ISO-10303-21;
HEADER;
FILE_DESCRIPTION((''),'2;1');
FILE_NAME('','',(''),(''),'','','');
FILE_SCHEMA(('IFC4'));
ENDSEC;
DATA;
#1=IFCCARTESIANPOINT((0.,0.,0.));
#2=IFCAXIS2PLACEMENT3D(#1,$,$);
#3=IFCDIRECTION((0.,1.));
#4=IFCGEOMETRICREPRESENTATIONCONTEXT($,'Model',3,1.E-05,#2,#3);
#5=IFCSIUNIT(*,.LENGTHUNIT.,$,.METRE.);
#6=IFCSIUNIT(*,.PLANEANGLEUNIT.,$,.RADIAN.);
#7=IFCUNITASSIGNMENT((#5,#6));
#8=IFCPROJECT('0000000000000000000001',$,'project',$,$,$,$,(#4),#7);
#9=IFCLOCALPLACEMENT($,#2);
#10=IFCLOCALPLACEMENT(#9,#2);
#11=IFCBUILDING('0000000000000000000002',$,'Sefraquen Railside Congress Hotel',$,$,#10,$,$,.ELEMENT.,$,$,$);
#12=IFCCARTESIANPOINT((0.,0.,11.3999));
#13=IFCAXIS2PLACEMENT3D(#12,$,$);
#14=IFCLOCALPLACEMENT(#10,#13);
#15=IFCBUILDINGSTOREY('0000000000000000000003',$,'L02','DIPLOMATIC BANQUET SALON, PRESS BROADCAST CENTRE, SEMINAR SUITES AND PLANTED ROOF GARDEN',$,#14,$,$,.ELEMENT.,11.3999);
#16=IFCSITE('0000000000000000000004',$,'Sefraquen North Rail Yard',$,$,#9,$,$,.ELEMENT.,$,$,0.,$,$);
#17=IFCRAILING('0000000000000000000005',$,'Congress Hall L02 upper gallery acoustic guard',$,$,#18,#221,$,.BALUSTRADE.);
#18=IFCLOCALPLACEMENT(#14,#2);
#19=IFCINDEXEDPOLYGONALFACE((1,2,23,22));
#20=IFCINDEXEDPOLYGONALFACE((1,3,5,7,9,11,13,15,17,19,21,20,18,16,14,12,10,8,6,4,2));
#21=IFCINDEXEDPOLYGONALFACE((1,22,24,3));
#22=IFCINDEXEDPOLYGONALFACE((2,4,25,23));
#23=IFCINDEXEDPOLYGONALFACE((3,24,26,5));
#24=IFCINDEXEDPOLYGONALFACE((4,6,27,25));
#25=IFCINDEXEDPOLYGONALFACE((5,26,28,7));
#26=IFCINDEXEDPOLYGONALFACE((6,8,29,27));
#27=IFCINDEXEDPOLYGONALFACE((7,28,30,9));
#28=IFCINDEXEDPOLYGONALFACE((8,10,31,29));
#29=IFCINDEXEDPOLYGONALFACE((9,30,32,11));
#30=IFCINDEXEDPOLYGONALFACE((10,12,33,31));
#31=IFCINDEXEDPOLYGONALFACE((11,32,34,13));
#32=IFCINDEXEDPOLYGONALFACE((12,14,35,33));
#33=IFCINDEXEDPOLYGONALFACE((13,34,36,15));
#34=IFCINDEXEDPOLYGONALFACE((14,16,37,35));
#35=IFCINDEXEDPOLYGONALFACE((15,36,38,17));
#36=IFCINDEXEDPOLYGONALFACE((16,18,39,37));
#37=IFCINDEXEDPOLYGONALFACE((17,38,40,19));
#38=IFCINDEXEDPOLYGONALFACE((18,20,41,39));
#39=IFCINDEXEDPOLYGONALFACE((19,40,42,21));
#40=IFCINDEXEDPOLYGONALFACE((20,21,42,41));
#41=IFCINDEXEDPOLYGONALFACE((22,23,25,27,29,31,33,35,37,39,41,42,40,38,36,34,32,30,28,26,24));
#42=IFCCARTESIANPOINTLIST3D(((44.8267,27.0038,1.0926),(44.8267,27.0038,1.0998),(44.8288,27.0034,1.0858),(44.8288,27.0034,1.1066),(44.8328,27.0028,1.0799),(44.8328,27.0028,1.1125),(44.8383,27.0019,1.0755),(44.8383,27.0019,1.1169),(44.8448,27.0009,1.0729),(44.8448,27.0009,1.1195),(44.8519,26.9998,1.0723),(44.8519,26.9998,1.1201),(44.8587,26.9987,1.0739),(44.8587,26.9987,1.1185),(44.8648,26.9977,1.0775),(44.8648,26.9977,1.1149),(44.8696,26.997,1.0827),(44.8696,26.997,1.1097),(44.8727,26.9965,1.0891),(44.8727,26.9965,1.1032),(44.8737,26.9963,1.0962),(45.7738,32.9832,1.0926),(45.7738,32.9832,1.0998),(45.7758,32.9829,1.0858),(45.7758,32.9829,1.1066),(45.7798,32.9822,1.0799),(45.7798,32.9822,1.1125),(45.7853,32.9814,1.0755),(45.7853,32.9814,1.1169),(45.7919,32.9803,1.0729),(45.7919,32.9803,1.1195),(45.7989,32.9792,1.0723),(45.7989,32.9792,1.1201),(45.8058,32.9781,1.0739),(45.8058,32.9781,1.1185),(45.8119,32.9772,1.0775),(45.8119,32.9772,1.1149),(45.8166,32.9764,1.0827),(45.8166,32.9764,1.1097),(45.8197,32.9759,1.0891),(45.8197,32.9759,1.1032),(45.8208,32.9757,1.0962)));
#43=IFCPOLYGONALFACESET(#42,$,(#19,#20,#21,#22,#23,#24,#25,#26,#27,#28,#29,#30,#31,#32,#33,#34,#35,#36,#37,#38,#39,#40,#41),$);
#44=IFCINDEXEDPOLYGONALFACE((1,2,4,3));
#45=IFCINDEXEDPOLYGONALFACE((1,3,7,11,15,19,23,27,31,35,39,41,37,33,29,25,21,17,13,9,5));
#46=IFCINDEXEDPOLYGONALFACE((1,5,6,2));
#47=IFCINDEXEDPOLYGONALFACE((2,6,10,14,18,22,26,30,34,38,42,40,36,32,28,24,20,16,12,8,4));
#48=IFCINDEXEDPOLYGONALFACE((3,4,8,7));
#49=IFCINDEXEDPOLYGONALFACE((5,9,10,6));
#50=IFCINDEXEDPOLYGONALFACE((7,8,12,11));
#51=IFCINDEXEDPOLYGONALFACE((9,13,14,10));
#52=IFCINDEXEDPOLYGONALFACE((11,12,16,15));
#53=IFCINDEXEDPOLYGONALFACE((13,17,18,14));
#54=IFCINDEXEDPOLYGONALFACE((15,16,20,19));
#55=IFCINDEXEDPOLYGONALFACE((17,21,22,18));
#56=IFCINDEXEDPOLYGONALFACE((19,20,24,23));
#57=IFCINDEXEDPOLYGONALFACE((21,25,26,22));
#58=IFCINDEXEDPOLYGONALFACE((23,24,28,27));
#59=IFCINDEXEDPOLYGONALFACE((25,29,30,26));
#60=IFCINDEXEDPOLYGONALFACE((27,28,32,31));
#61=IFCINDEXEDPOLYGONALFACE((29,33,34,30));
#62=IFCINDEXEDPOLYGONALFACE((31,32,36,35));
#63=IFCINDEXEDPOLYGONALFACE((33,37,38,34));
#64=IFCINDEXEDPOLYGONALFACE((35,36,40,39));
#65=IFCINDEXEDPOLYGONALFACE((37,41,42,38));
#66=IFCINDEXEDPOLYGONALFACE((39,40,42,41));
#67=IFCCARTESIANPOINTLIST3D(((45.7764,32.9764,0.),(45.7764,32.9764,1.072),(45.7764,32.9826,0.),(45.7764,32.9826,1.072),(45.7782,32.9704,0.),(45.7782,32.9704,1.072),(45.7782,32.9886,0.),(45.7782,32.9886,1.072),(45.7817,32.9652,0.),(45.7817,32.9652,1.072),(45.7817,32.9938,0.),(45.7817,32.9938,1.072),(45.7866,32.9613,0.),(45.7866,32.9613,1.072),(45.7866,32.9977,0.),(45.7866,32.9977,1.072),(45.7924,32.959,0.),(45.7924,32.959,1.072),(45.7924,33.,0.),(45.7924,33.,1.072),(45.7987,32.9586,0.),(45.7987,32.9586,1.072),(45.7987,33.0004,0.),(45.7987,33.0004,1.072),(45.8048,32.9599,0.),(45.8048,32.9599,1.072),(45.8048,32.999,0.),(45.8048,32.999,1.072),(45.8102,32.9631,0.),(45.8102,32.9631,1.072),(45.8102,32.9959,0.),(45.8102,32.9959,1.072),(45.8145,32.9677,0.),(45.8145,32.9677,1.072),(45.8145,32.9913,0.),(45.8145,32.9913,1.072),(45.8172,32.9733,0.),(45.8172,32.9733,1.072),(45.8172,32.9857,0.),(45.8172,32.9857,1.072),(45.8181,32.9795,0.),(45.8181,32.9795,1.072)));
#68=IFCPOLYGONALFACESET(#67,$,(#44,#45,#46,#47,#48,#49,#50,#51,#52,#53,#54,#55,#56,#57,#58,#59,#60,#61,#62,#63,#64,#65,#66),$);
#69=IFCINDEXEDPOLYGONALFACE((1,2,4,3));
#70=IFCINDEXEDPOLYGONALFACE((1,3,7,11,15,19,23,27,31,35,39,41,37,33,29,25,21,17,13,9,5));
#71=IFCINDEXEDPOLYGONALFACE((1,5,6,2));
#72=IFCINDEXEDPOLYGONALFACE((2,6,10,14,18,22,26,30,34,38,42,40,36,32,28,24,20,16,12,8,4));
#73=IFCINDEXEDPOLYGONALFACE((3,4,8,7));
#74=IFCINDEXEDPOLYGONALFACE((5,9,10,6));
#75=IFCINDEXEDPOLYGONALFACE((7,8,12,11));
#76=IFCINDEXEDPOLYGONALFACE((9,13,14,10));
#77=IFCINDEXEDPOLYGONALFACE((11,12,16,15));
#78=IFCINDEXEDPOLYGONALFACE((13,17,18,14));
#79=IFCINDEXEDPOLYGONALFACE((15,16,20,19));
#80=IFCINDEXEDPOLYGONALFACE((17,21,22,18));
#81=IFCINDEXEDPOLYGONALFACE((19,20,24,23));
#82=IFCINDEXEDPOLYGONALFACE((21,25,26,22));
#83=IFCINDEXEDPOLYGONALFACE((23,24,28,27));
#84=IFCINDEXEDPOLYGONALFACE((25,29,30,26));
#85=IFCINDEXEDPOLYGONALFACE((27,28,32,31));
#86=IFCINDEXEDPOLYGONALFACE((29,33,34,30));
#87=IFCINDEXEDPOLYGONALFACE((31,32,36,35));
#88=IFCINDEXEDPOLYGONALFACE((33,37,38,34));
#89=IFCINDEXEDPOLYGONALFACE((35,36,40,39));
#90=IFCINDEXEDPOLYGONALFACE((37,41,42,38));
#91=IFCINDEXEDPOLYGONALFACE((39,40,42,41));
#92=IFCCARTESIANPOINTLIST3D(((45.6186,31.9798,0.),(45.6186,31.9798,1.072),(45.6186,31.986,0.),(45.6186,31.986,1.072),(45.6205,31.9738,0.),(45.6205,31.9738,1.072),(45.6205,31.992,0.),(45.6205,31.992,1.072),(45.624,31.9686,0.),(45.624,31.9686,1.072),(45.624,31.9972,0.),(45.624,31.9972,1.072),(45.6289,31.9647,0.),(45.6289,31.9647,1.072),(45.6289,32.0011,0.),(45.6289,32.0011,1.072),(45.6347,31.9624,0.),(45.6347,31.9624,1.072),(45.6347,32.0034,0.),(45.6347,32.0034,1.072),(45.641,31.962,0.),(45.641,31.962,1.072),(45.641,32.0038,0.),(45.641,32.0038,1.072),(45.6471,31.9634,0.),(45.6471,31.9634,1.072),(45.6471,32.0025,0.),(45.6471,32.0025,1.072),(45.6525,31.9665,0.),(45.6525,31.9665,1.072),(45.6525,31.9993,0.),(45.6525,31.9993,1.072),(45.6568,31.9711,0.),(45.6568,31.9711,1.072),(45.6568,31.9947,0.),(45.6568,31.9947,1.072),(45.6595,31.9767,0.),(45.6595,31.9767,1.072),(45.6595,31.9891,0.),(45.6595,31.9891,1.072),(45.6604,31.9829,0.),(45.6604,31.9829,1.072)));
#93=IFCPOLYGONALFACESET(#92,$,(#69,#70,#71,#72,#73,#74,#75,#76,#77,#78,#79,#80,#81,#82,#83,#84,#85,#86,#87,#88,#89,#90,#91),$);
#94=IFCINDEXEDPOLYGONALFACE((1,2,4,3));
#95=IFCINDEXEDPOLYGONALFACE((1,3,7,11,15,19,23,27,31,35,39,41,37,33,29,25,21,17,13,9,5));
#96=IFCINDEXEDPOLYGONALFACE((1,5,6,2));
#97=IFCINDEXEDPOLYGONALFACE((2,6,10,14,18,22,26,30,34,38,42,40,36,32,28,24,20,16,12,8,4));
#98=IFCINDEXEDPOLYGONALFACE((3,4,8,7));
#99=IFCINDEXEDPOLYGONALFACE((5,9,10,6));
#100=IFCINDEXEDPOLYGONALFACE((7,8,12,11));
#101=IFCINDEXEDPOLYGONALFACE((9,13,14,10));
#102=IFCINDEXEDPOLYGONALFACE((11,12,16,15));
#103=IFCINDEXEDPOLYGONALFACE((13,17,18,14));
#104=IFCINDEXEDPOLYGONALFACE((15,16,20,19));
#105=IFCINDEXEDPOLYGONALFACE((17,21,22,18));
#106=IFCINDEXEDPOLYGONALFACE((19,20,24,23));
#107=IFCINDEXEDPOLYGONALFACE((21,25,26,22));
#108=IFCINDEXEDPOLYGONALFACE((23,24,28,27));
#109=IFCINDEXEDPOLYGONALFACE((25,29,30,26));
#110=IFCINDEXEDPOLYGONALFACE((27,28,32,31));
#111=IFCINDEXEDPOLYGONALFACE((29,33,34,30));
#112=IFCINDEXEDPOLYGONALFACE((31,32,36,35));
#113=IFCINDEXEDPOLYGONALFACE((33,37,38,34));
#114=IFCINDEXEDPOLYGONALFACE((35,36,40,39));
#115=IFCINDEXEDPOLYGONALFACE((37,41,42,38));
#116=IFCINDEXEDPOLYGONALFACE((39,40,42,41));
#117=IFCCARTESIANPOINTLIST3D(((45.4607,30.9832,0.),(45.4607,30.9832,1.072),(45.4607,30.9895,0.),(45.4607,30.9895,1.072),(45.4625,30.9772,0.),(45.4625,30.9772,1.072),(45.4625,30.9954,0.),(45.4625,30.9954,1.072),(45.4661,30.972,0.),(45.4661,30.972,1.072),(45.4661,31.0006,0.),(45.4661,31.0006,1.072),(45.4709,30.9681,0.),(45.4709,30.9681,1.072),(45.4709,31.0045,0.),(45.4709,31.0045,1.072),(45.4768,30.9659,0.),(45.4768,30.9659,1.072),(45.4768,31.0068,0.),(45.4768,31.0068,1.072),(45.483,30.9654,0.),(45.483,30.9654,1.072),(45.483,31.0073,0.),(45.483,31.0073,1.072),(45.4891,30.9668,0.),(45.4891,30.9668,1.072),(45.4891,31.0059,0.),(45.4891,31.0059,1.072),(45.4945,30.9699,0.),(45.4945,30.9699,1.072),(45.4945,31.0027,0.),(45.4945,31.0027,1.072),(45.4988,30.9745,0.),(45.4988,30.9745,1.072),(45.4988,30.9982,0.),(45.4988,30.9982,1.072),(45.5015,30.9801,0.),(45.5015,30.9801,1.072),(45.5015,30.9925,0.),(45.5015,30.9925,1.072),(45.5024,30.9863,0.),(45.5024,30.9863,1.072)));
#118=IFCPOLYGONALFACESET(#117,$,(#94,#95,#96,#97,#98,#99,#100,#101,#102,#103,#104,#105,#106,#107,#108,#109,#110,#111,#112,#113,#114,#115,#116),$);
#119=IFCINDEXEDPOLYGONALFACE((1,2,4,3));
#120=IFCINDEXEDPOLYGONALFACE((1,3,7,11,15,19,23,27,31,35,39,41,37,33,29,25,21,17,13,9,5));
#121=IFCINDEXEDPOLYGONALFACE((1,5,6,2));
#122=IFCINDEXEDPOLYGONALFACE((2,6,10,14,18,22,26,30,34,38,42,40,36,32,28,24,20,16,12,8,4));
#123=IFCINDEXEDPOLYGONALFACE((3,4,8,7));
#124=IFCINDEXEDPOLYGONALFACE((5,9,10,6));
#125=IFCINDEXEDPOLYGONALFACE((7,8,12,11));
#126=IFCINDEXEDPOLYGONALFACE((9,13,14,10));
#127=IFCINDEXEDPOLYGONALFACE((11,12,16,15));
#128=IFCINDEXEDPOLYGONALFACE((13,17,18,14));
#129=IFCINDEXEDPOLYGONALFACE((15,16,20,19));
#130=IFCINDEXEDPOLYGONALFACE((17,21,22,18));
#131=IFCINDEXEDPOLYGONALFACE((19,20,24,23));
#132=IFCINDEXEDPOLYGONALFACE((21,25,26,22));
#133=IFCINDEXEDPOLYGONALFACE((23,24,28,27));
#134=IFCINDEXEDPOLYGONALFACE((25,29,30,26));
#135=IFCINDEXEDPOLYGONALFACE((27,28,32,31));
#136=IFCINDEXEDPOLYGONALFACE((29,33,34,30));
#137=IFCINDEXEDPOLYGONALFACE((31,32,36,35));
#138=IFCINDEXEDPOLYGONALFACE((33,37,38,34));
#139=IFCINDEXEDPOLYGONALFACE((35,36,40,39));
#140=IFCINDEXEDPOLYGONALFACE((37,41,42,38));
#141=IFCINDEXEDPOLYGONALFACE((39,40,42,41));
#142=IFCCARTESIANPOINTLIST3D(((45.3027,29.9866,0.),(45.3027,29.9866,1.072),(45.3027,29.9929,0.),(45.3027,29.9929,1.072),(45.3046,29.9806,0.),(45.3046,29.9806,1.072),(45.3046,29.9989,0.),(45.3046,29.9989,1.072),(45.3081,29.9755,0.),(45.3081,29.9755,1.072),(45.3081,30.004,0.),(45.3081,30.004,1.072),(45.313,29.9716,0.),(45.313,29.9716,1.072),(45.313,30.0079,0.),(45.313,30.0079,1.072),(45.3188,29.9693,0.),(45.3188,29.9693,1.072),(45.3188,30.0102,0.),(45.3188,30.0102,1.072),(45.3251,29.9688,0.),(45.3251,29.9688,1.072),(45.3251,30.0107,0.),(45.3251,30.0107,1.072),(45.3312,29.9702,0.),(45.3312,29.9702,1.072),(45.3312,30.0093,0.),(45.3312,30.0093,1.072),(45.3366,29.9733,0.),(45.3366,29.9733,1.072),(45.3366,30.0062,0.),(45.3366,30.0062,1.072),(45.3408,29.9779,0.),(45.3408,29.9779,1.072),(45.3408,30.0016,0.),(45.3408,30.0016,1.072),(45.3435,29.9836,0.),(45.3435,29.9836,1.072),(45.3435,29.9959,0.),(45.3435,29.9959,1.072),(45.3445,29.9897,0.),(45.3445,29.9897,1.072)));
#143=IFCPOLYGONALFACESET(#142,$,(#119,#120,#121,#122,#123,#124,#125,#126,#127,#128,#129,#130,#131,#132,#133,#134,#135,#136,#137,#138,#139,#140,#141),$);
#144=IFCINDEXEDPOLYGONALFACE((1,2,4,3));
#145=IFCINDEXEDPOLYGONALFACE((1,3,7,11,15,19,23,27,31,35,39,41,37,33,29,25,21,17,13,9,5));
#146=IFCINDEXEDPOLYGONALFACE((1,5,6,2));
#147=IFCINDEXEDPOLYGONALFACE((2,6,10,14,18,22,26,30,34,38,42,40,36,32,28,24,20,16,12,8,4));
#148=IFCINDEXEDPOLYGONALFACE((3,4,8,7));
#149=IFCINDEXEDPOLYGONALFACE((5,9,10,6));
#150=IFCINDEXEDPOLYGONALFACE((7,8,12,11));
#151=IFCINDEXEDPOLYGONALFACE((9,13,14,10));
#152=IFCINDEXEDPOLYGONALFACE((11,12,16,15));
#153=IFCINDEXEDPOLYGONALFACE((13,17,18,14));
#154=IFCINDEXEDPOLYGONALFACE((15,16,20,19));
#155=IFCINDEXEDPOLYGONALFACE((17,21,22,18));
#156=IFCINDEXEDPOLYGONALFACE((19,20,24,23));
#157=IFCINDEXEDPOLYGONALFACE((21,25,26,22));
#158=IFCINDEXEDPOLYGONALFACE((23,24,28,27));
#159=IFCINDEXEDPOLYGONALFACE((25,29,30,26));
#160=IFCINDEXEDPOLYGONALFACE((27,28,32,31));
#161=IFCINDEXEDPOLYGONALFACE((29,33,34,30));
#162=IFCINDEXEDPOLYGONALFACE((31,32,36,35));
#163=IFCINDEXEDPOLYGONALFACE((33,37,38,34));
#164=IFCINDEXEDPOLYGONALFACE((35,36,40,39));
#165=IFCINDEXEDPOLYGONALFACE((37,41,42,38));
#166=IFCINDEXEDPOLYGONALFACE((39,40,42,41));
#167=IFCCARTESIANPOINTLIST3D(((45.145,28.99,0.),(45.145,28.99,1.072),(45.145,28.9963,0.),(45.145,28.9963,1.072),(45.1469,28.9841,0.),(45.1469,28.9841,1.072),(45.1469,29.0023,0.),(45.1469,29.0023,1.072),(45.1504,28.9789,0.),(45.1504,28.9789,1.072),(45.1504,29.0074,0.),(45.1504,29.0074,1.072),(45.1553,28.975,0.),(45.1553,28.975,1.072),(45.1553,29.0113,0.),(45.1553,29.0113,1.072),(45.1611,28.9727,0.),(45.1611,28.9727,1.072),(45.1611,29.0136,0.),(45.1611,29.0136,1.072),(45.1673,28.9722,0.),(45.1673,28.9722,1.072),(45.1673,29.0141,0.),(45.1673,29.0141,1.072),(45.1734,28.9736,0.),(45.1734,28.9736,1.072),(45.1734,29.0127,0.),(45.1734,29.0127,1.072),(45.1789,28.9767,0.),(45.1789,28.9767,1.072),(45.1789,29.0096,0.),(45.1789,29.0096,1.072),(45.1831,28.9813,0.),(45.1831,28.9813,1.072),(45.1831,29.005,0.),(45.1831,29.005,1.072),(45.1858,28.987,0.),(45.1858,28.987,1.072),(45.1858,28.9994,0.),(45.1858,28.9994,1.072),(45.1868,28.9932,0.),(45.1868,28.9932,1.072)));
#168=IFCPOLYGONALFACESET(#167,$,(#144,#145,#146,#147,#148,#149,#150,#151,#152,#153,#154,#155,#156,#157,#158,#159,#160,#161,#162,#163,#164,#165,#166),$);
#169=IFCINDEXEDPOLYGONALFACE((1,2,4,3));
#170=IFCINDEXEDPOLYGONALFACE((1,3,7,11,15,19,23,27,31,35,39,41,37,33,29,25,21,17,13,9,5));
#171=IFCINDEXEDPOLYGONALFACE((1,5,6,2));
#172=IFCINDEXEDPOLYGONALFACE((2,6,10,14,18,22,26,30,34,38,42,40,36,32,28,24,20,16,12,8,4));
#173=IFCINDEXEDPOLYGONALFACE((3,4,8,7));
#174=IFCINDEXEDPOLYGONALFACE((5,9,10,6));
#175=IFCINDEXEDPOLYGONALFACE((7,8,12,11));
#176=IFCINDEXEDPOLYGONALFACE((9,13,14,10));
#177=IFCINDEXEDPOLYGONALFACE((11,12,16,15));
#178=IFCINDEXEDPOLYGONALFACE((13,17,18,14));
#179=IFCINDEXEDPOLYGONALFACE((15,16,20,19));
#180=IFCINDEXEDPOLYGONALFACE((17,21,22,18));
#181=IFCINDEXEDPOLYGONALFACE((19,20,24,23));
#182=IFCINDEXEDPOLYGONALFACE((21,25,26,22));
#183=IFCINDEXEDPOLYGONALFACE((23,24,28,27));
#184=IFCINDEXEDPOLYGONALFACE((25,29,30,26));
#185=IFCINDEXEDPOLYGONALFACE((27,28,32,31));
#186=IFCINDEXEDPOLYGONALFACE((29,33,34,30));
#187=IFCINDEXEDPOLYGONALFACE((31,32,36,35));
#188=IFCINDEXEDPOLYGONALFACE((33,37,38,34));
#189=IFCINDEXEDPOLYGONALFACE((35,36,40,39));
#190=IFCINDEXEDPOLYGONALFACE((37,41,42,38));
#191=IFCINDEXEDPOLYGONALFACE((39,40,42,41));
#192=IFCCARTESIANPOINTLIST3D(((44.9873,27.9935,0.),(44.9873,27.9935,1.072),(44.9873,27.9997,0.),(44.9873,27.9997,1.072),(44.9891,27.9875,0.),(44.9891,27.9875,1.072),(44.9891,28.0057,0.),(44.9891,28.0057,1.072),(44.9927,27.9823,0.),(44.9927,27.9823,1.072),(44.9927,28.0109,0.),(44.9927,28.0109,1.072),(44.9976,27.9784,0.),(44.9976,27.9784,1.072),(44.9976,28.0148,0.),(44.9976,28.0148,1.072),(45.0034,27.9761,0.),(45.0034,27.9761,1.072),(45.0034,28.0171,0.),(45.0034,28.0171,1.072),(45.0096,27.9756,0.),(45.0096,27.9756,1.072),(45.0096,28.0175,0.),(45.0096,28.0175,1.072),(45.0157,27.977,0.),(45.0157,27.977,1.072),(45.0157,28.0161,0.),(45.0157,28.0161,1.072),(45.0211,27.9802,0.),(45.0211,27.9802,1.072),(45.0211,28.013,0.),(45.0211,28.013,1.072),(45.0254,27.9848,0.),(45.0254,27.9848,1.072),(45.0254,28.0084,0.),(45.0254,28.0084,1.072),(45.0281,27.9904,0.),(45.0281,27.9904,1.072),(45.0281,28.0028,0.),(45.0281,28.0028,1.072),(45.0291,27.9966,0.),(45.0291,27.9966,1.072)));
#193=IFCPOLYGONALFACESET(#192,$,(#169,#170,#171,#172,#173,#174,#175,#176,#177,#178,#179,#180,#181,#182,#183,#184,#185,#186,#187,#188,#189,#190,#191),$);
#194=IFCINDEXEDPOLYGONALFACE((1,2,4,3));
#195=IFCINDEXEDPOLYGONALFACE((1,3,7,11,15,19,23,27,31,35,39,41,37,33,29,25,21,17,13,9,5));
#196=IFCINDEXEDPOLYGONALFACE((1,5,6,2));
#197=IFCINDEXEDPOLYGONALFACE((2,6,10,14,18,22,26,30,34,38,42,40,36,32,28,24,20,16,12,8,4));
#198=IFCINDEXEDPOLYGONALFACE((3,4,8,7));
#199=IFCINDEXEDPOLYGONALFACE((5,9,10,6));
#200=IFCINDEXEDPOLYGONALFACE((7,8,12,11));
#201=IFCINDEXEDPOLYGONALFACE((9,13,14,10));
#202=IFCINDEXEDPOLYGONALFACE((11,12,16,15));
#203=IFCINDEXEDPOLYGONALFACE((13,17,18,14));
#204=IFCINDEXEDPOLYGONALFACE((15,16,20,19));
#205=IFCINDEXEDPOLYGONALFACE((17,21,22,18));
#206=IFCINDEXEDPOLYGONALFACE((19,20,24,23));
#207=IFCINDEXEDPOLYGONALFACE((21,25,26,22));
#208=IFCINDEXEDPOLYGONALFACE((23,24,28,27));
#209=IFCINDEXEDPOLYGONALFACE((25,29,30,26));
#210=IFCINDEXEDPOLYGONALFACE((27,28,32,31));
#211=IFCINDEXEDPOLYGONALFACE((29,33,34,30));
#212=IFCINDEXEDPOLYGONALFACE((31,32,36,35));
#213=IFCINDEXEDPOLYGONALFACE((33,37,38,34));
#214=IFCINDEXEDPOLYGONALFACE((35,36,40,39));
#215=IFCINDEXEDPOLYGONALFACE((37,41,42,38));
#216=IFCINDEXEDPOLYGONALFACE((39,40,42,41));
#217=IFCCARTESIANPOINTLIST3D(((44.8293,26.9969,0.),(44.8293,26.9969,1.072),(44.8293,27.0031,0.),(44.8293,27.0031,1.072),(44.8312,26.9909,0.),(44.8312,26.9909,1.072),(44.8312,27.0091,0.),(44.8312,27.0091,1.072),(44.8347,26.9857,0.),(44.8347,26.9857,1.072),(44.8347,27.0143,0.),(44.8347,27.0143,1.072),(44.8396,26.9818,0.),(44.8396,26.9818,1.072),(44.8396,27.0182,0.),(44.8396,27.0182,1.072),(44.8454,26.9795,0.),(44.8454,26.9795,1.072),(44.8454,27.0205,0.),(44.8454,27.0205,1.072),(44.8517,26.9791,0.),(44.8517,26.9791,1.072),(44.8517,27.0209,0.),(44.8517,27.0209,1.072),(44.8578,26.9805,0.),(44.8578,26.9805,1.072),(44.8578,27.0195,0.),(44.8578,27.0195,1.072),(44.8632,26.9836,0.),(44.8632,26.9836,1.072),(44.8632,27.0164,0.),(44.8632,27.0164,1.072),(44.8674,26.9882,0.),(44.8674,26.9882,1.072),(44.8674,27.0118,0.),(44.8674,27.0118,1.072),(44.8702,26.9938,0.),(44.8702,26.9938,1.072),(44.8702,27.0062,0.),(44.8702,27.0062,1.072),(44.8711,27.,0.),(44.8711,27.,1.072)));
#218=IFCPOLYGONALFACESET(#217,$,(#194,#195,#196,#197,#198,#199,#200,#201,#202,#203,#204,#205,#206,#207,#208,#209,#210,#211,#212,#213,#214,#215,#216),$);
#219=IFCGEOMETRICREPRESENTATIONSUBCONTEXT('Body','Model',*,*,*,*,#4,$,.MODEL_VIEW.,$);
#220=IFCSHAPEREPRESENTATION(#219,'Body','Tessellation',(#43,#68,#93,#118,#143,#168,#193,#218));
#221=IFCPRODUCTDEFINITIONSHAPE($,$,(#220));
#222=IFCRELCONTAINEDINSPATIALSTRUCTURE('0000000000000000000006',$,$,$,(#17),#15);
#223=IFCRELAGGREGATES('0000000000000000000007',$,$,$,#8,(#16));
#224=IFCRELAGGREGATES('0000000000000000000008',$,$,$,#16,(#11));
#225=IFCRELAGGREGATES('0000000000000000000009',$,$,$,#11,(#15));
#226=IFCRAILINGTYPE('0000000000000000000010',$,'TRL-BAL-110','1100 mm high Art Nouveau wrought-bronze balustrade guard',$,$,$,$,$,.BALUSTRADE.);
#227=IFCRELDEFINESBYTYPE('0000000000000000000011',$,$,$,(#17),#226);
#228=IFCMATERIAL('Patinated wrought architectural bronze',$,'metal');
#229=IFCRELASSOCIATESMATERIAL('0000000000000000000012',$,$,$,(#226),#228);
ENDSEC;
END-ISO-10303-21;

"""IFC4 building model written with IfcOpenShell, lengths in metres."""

from ifc_helpers import new_model, si_unit, direction, frame, origin, origin_2d, place, context, subcontext, project, spatial, circle, extrude, material, type_object, element, save


model = new_model("IFC4")

# Units and contexts
model_context = context("Model", 3, precision=1e-05, world=origin(), true_north=direction((0.0, 1.0)))
body_context = subcontext(model_context, "Body", "Model", "MODEL_VIEW")
ifc_project = project(units=[si_unit("LENGTHUNIT", "METRE"), si_unit("PLANEANGLEUNIT", "RADIAN")], contexts=[model_context])

# Site, building, storey
site_placement = place(None, origin())
site = spatial("IfcSite", under=ifc_project, at=site_placement, Name="Sefraquen North Rail Yard", CompositionType="ELEMENT", RefElevation=0.0)
building_placement = place(site_placement, origin())
building = spatial("IfcBuilding", under=site, at=building_placement, Name="Sefraquen Railside Congress Hotel", CompositionType="ELEMENT")
storey_placement = place(building_placement, frame((0.0, 0.0, 11.3999)))
storey = spatial("IfcBuildingStorey", under=building, at=storey_placement, Name="L02", Description="DIPLOMATIC BANQUET SALON, PRESS BROADCAST CENTRE, SEMINAR SUITES AND PLANTED ROOF GARDEN", CompositionType="ELEMENT", Elevation=11.3999)

# Railing
ifc_material_1 = material(Name="Patinated wrought architectural bronze", Category="metal")
railing_type = type_object("IfcRailingType", Name="TRL-BAL-110", Description="1100 mm high Art Nouveau wrought-bronze balustrade guard", PredefinedType="BALUSTRADE", material=ifc_material_1)
railing_1_placement = place(storey_placement, frame((45.7971, 32.9795, 0.0)))
element("IfcRailing", 1, at=railing_1_placement, inside=storey, type_object=railing_type, Name="Congress Hall L02 upper gallery acoustic guard", PredefinedType="BALUSTRADE", context=body_context, shape_type="SweptSolid", body=[
    extrude(circle(Radius=0.0239, at=origin_2d()), frame((0.0, 0.0, 1.0962), z_axis=(-0.156428, -0.987689, 0.0), x_axis=(0.987689, -0.156428, 0.0)), (0.0, 0.0, 1.0), 6.054),
    extrude(circle(Radius=0.021, at=origin_2d()), origin(), (0.0, 0.0, 1.0), 1.072),
    extrude(circle(Radius=0.021, at=origin_2d()), frame((-0.1577, -0.9966, 0.0)), (0.0, 0.0, 1.0), 1.072),
    extrude(circle(Radius=0.021, at=origin_2d()), frame((-0.3157, -1.9932, 0.0)), (0.0, 0.0, 1.0), 1.072),
    extrude(circle(Radius=0.021, at=origin_2d()), frame((-0.4736, -2.9897, 0.0)), (0.0, 0.0, 1.0), 1.072),
    extrude(circle(Radius=0.021, at=origin_2d()), frame((-0.6313, -3.9863, 0.0)), (0.0, 0.0, 1.0), 1.072),
    extrude(circle(Radius=0.021, at=origin_2d()), frame((-0.7891, -4.9829, 0.0)), (0.0, 0.0, 1.0), 1.072),
    extrude(circle(Radius=0.021, at=origin_2d()), frame((-0.947, -5.9795, 0.0)), (0.0, 0.0, 1.0), 1.072),
])

save(model, "model.ifc")
